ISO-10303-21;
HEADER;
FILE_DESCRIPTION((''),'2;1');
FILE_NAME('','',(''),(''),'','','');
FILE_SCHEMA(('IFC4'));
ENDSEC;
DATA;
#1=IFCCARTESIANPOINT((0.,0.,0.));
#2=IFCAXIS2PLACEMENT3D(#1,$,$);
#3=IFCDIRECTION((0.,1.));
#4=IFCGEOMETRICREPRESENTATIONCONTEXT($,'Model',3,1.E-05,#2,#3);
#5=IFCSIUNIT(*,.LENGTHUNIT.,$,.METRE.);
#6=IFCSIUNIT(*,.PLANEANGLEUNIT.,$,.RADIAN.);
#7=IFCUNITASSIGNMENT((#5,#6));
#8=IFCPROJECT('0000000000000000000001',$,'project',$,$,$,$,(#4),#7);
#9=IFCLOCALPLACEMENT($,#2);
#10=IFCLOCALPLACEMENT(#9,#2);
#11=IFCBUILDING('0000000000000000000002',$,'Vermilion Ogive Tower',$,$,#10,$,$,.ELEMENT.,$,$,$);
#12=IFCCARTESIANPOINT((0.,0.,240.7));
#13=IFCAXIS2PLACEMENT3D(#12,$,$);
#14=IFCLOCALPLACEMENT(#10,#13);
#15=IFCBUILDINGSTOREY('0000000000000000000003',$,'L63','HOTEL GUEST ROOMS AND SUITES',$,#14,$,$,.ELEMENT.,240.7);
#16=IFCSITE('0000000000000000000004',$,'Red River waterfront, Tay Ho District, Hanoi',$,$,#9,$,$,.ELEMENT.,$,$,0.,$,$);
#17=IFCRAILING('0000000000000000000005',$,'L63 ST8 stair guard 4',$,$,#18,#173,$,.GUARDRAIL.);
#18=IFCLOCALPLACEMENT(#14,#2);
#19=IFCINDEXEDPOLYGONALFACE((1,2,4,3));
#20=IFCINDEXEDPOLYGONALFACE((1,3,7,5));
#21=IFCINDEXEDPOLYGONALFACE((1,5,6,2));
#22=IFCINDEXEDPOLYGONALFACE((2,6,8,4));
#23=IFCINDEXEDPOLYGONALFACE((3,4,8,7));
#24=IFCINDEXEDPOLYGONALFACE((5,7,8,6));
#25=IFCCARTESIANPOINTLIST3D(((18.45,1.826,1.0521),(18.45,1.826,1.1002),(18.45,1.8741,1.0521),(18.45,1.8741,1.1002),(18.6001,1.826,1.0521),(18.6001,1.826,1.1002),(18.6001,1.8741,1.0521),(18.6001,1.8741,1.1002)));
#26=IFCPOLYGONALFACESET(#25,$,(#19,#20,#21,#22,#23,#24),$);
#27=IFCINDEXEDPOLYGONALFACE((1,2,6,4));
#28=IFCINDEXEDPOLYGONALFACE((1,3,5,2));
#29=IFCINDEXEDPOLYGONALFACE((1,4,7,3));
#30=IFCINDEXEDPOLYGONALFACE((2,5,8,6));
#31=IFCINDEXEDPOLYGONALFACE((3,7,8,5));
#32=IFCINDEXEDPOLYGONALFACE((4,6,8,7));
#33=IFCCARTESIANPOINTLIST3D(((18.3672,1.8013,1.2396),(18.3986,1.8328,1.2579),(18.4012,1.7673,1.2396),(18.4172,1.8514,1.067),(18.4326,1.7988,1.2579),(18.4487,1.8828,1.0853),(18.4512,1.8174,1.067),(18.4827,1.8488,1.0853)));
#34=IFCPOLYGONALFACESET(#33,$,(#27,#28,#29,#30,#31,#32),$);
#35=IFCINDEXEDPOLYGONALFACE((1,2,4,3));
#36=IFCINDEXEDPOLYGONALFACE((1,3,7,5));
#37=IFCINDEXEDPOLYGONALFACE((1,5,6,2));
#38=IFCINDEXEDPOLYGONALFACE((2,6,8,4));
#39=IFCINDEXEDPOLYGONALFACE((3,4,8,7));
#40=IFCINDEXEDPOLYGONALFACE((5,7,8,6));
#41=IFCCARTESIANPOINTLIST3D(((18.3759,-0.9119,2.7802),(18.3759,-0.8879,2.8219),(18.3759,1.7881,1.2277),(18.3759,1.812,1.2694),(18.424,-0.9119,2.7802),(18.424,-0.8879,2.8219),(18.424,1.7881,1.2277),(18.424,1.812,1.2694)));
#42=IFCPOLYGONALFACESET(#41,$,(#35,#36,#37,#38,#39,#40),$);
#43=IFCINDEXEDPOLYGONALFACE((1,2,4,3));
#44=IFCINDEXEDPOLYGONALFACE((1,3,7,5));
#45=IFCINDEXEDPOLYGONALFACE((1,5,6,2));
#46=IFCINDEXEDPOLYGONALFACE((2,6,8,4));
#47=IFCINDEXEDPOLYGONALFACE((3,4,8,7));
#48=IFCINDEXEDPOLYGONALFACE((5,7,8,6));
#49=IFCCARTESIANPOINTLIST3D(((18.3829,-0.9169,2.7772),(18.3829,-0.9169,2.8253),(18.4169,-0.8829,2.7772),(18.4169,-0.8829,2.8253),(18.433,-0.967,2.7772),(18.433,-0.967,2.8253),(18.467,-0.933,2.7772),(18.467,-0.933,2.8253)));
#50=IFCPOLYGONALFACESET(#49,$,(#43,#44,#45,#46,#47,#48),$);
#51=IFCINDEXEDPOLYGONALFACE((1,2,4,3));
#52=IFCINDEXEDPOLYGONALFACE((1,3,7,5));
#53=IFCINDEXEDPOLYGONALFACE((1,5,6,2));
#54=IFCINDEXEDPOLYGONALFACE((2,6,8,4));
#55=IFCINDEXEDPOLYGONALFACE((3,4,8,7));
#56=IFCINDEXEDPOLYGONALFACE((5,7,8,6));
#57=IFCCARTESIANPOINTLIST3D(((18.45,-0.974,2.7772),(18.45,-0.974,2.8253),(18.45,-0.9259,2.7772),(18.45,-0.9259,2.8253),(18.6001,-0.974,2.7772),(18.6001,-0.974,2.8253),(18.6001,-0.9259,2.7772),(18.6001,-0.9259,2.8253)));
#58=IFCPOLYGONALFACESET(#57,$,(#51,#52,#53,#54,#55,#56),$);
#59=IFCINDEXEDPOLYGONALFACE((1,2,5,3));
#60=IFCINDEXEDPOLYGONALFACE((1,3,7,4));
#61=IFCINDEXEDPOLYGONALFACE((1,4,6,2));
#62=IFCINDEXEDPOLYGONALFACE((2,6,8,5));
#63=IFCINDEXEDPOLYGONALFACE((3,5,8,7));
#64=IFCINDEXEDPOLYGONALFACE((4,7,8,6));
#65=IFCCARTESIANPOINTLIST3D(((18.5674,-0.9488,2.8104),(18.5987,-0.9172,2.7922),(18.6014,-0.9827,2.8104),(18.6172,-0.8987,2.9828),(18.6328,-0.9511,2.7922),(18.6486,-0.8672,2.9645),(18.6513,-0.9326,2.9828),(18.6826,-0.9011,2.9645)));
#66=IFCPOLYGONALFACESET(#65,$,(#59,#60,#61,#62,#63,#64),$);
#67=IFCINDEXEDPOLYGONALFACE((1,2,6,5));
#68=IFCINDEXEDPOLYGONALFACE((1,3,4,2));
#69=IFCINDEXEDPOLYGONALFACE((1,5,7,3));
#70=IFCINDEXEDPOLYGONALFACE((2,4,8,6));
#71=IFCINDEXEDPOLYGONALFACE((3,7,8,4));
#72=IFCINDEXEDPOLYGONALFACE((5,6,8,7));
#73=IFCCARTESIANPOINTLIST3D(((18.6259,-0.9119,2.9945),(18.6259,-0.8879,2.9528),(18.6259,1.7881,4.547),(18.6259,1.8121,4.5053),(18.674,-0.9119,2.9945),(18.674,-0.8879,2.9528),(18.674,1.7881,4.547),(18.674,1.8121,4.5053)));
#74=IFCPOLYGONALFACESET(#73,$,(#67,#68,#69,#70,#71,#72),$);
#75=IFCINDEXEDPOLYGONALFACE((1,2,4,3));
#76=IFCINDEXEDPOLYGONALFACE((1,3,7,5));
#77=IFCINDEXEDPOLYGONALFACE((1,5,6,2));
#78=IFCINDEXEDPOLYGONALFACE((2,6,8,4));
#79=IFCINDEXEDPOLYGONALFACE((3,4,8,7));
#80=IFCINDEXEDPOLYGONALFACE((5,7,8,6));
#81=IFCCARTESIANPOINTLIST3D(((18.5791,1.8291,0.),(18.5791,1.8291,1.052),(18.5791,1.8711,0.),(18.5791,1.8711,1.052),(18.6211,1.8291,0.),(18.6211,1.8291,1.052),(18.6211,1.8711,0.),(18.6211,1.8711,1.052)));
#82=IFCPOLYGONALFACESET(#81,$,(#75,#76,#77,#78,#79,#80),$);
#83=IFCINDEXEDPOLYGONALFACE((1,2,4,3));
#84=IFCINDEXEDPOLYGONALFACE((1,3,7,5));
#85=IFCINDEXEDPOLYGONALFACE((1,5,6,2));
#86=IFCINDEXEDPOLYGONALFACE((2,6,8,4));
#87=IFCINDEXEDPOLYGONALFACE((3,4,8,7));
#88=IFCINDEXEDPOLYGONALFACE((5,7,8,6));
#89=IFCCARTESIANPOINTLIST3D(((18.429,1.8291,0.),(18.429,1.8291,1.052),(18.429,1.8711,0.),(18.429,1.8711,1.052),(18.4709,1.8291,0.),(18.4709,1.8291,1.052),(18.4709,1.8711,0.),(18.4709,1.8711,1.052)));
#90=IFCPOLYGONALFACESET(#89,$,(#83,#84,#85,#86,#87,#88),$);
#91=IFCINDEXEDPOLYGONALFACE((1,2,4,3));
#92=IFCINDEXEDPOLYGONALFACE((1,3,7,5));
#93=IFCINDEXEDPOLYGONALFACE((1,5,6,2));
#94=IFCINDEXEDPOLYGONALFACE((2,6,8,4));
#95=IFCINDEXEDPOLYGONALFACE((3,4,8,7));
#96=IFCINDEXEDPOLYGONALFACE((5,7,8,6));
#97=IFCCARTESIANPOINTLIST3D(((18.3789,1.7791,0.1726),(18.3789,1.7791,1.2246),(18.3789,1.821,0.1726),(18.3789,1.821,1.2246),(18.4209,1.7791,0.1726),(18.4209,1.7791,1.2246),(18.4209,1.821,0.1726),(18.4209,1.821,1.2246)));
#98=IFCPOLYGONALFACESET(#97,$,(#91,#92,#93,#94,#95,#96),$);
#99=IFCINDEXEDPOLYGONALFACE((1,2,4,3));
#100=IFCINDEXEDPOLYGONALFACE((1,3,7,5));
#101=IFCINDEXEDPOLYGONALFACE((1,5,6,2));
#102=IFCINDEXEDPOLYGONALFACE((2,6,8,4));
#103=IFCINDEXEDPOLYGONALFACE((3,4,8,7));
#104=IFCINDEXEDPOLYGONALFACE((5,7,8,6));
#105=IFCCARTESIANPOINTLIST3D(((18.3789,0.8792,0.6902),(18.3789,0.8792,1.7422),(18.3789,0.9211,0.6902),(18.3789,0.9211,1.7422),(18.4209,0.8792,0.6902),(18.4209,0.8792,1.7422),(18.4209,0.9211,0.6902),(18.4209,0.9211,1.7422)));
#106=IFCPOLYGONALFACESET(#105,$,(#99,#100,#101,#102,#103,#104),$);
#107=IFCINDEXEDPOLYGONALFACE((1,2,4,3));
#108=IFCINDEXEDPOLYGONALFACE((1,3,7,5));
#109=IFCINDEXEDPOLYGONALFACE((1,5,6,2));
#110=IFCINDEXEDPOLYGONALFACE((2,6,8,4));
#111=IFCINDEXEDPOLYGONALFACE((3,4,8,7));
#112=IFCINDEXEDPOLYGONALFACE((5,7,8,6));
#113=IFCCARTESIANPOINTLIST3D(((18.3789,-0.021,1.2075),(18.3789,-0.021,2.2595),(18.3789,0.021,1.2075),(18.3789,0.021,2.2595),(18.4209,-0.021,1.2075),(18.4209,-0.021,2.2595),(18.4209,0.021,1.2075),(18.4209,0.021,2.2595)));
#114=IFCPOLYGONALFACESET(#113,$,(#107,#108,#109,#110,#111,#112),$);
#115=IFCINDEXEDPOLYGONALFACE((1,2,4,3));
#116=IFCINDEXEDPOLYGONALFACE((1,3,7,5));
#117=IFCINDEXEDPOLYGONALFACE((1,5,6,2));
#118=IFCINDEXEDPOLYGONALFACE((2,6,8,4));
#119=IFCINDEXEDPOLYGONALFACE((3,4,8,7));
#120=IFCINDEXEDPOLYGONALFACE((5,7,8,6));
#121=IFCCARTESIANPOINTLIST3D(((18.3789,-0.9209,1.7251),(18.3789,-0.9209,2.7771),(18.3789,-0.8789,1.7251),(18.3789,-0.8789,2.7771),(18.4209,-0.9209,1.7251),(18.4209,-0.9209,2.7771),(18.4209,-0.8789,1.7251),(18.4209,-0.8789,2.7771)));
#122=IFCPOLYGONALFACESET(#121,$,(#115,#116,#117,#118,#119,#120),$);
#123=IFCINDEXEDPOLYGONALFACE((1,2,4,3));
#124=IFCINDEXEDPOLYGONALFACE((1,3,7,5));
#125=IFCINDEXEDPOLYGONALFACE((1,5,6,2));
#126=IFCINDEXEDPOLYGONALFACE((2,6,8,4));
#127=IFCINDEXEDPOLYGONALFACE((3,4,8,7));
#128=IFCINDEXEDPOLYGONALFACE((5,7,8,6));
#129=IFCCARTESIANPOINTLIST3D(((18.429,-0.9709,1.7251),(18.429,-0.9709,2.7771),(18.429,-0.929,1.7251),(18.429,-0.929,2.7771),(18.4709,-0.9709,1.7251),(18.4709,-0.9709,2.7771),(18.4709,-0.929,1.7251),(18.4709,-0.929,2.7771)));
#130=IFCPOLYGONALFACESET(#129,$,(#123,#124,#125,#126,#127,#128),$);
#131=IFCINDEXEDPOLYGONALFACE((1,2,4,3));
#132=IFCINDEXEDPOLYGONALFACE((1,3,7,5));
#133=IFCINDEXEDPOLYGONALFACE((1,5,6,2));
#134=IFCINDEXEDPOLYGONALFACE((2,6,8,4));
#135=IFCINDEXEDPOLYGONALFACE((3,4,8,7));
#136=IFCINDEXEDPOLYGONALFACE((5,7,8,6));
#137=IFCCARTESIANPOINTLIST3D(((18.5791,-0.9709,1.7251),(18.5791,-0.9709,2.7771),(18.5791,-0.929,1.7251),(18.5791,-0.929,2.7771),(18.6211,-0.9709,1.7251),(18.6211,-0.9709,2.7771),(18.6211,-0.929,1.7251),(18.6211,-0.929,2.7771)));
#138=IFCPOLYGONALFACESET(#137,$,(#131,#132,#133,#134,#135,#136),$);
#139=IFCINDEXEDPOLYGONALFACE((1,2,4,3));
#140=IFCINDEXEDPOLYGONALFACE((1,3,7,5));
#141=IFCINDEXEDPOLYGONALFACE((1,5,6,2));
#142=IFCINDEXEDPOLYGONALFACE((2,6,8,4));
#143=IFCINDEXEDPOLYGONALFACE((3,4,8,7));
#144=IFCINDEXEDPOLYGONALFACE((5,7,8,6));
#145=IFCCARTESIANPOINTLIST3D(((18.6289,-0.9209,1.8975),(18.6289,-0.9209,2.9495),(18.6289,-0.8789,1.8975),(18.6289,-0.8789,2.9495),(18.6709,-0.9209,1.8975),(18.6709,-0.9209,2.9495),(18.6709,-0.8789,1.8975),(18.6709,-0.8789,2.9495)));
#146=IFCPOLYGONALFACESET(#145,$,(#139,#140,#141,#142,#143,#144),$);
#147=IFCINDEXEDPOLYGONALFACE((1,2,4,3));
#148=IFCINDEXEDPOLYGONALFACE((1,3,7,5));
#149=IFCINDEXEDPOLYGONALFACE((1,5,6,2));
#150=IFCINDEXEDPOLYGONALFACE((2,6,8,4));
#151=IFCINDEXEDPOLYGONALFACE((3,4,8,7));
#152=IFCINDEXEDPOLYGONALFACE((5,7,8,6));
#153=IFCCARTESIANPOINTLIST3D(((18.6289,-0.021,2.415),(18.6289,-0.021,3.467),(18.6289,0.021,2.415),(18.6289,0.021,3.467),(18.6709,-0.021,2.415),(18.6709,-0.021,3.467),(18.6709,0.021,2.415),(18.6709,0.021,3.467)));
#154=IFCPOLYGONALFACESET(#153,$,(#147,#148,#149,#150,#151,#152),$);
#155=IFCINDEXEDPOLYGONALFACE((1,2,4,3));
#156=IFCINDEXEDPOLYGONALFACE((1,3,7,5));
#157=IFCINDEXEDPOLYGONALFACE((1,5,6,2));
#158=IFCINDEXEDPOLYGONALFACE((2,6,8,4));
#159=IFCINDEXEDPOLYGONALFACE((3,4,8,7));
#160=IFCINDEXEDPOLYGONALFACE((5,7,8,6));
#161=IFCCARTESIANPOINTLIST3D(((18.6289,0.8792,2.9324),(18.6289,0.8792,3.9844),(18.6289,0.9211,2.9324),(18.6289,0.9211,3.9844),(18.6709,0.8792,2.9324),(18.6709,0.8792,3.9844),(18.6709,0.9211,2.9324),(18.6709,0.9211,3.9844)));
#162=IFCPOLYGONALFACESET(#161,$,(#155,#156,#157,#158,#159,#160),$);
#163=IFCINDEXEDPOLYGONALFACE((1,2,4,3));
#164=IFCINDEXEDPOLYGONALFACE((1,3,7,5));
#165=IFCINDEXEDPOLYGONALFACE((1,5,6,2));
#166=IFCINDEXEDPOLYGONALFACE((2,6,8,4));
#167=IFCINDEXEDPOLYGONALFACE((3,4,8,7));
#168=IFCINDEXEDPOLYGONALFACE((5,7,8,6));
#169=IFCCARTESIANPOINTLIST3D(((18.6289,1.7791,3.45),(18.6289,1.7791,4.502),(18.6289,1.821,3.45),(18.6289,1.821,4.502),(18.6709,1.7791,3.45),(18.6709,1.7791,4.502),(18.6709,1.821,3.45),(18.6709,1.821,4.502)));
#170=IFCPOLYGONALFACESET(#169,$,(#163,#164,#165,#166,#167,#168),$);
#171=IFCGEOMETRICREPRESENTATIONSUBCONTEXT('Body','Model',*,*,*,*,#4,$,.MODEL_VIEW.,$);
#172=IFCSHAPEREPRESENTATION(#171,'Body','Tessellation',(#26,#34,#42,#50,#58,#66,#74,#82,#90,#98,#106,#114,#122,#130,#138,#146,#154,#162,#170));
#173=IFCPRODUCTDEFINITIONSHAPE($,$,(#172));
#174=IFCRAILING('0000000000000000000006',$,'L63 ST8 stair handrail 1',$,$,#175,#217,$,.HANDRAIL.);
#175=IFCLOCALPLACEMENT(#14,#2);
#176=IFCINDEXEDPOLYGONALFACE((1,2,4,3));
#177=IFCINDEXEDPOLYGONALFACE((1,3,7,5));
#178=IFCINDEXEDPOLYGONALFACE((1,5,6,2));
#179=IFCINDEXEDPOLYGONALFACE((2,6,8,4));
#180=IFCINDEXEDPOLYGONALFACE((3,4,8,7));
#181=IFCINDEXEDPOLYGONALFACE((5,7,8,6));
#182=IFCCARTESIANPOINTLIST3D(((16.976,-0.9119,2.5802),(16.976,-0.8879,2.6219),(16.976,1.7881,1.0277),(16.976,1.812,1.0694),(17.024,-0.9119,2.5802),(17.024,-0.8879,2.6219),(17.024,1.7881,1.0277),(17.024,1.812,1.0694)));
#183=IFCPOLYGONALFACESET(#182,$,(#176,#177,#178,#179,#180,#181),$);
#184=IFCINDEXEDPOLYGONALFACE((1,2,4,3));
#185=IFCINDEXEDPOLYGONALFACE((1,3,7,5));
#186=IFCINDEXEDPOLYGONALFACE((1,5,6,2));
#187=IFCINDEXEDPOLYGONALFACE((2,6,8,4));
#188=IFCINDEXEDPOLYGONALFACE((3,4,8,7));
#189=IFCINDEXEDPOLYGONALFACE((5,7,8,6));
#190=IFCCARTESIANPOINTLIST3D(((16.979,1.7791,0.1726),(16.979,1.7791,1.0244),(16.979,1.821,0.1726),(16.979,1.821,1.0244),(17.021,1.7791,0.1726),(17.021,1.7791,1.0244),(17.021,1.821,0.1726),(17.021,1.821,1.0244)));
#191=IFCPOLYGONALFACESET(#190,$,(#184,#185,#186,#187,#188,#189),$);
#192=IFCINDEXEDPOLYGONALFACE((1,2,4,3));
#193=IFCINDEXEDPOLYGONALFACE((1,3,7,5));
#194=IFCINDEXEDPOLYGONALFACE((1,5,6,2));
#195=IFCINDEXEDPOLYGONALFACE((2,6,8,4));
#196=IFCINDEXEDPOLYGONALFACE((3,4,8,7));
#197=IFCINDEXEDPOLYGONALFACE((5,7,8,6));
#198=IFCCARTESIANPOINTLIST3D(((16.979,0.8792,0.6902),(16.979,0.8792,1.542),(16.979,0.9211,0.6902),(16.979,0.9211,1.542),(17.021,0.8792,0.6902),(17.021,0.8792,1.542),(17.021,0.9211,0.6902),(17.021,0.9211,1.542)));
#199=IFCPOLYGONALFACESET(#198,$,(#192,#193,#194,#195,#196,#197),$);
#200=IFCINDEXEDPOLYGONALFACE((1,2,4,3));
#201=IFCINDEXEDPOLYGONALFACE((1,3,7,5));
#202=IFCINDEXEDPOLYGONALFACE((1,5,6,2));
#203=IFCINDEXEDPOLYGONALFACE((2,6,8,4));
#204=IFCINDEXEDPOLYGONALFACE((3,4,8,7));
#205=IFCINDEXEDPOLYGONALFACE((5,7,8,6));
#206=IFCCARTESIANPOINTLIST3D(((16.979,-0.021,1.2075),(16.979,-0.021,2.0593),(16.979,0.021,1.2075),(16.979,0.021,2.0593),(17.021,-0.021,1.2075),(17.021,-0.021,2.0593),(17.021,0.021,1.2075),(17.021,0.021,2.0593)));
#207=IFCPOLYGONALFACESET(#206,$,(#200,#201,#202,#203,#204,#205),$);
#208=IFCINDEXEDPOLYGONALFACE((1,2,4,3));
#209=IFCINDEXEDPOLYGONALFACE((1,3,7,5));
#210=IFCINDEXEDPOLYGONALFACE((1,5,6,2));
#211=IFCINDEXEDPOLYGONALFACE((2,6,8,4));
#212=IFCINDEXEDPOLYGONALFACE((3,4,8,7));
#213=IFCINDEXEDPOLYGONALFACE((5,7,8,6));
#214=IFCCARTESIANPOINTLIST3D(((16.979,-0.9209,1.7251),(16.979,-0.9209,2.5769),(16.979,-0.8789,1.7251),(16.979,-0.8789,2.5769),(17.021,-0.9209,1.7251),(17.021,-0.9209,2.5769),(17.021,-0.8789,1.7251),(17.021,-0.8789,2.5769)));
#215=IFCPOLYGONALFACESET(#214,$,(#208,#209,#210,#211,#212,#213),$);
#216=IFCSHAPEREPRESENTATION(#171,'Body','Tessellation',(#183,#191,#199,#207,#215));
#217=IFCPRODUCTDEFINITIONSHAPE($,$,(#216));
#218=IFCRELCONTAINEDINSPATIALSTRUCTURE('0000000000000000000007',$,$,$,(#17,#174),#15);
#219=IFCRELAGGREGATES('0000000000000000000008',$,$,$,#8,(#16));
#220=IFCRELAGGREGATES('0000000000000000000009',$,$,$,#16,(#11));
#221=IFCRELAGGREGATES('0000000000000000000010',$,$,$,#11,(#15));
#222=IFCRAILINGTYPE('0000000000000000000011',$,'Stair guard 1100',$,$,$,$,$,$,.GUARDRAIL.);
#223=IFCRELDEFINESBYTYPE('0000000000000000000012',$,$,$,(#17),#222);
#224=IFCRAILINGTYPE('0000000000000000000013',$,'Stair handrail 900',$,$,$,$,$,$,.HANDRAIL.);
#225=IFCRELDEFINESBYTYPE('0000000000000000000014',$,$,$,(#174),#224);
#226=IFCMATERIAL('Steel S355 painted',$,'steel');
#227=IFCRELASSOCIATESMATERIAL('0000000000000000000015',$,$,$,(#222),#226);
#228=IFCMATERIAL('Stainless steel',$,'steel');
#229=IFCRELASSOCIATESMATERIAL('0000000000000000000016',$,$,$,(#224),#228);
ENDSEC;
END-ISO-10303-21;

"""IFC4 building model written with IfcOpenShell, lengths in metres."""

from ifc_helpers import new_model, si_unit, direction, frame, origin, origin_2d, place, context, subcontext, project, spatial, rectangle, extrude, material, type_object, element, save


model = new_model("IFC4")

# Units and contexts
model_context = context("Model", 3, precision=1e-05, world=origin(), true_north=direction((0.0, 1.0)))
body_context = subcontext(model_context, "Body", "Model", "MODEL_VIEW")
ifc_project = project(units=[si_unit("LENGTHUNIT", "METRE"), si_unit("PLANEANGLEUNIT", "RADIAN")], contexts=[model_context])

# Site, building, storey
site_placement = place(None, origin())
site = spatial("IfcSite", under=ifc_project, at=site_placement, Name="Red River waterfront, Tay Ho District, Hanoi", CompositionType="ELEMENT", RefElevation=0.0)
building_placement = place(site_placement, origin())
building = spatial("IfcBuilding", under=site, at=building_placement, Name="Vermilion Ogive Tower", CompositionType="ELEMENT")
storey_placement = place(building_placement, frame((0.0, 0.0, 240.7)))
storey = spatial("IfcBuildingStorey", under=building, at=storey_placement, Name="L63", Description="HOTEL GUEST ROOMS AND SUITES", CompositionType="ELEMENT", Elevation=240.7)

# Railings
ifc_material_1 = material(Name="Steel S355 painted", Category="steel")
railing_type_1 = type_object("IfcRailingType", Name="Stair guard 1100", PredefinedType="GUARDRAIL", material=ifc_material_1)
railing_1_placement = place(storey_placement, frame((18.6001, 1.8501, 0.0)))
element("IfcRailing", 1, at=railing_1_placement, inside=storey, type_object=railing_type_1, Name="L63 ST8 stair guard 4", PredefinedType="GUARDRAIL", context=body_context, shape_type="SweptSolid", body=[
    extrude(rectangle(XDim=0.0481, YDim=0.0481, at=origin_2d()), frame((0.0, 0.0, 1.0762), z_axis=(-1.0, 0.0, 0.0), x_axis=(0.0, -1.0, 0.0)), (0.0, 0.0, 1.0), 0.1501),
    extrude(rectangle(XDim=0.0481, YDim=0.0481, at=origin_2d()), frame((-0.1501, 0.0, 1.0762), z_axis=(-0.268278, -0.268278, 0.925232), x_axis=(0.707107, -0.707107, 0.0)), (0.0, 0.0, 1.0), 0.1865),
    extrude(rectangle(XDim=0.0481, YDim=0.0481, at=origin_2d()), frame((-0.2002, -0.05, 1.2485), z_axis=(0.0, -0.866904, 0.498476), x_axis=(1.0, 0.0, 0.0)), (0.0, 0.0, 1.0), 3.1145),
    extrude(rectangle(XDim=0.0481, YDim=0.0481, at=origin_2d()), frame((-0.2002, -2.75, 2.8013), z_axis=(0.707107, -0.707107, 0.0), x_axis=(0.707107, 0.707107, 0.0)), (0.0, 0.0, 1.0), 0.0708),
    extrude(rectangle(XDim=0.0481, YDim=0.0481, at=origin_2d()), frame((-0.1501, -2.8, 2.8013), z_axis=(1.0, 0.0, 0.0), x_axis=(0.0, 1.0, 0.0)), (0.0, 0.0, 1.0), 0.1501),
    extrude(rectangle(XDim=0.0481, YDim=0.0481, at=origin_2d()), frame((0.0, -2.8, 2.8013), z_axis=(0.267387, 0.268698, 0.925368), x_axis=(-0.708834, 0.705376, 0.0)), (0.0, 0.0, 1.0), 0.1863),
    extrude(rectangle(XDim=0.0481, YDim=0.0481, at=origin_2d()), frame((0.0498, -2.75, 2.9736), z_axis=(0.0, 0.866904, 0.498476), x_axis=(-1.0, 0.0, 0.0)), (0.0, 0.0, 1.0), 3.1145),
    extrude(rectangle(XDim=0.042, YDim=0.042, at=origin_2d()), origin(), (0.0, 0.0, 1.0), 1.052),
    extrude(rectangle(XDim=0.042, YDim=0.042, at=origin_2d()), frame((-0.1501, 0.0, 0.0)), (0.0, 0.0, 1.0), 1.052),
    extrude(rectangle(XDim=0.042, YDim=0.042, at=origin_2d()), frame((-0.2002, -0.05, 0.1726)), (0.0, 0.0, 1.0), 1.052),
    extrude(rectangle(XDim=0.042, YDim=0.042, at=origin_2d()), frame((-0.2002, -0.95, 0.6902)), (0.0, 0.0, 1.0), 1.052),
    extrude(rectangle(XDim=0.042, YDim=0.042, at=origin_2d()), frame((-0.2002, -1.8501, 1.2075)), (0.0, 0.0, 1.0), 1.052),
    extrude(rectangle(XDim=0.042, YDim=0.042, at=origin_2d()), frame((-0.2002, -2.75, 1.7251)), (0.0, 0.0, 1.0), 1.052),
    extrude(rectangle(XDim=0.042, YDim=0.042, at=origin_2d()), frame((-0.1501, -2.8, 1.7251)), (0.0, 0.0, 1.0), 1.052),
    extrude(rectangle(XDim=0.042, YDim=0.042, at=origin_2d()), frame((0.0, -2.8, 1.7251)), (0.0, 0.0, 1.0), 1.052),
    extrude(rectangle(XDim=0.042, YDim=0.042, at=origin_2d()), frame((0.0498, -2.75, 1.8975)), (0.0, 0.0, 1.0), 1.052),
    extrude(rectangle(XDim=0.042, YDim=0.042, at=origin_2d()), frame((0.0498, -1.8501, 2.415)), (0.0, 0.0, 1.0), 1.052),
    extrude(rectangle(XDim=0.042, YDim=0.042, at=origin_2d()), frame((0.0498, -0.95, 2.9324)), (0.0, 0.0, 1.0), 1.052),
    extrude(rectangle(XDim=0.042, YDim=0.042, at=origin_2d()), frame((0.0498, -0.05, 3.45)), (0.0, 0.0, 1.0), 1.052),
])
ifc_material_2 = material(Name="Stainless steel", Category="steel")
railing_type_2 = type_object("IfcRailingType", Name="Stair handrail 900", PredefinedType="HANDRAIL", material=ifc_material_2)
railing_2_placement = place(storey_placement, frame((17.0, 1.8, 0.1726)))
element("IfcRailing", 2, at=railing_2_placement, inside=storey, type_object=railing_type_2, Name="L63 ST8 stair handrail 1", PredefinedType="HANDRAIL", context=body_context, shape_type="SweptSolid", body=[
    extrude(rectangle(XDim=0.0481, YDim=0.0481, at=origin_2d()), frame((0.0, 0.0, 0.876), z_axis=(0.0, -0.866904, 0.498476), x_axis=(1.0, 0.0, 0.0)), (0.0, 0.0, 1.0), 3.1145),
    extrude(rectangle(XDim=0.042, YDim=0.042, at=origin_2d()), origin(), (0.0, 0.0, 1.0), 0.8518),
    extrude(rectangle(XDim=0.042, YDim=0.042, at=origin_2d()), frame((0.0, -0.8999, 0.5176)), (0.0, 0.0, 1.0), 0.8518),
    extrude(rectangle(XDim=0.042, YDim=0.042, at=origin_2d()), frame((0.0, -1.8, 1.0349)), (0.0, 0.0, 1.0), 0.8518),
    extrude(rectangle(XDim=0.042, YDim=0.042, at=origin_2d()), frame((0.0, -2.7, 1.5525)), (0.0, 0.0, 1.0), 0.8518),
])

save(model, "model.ifc")
